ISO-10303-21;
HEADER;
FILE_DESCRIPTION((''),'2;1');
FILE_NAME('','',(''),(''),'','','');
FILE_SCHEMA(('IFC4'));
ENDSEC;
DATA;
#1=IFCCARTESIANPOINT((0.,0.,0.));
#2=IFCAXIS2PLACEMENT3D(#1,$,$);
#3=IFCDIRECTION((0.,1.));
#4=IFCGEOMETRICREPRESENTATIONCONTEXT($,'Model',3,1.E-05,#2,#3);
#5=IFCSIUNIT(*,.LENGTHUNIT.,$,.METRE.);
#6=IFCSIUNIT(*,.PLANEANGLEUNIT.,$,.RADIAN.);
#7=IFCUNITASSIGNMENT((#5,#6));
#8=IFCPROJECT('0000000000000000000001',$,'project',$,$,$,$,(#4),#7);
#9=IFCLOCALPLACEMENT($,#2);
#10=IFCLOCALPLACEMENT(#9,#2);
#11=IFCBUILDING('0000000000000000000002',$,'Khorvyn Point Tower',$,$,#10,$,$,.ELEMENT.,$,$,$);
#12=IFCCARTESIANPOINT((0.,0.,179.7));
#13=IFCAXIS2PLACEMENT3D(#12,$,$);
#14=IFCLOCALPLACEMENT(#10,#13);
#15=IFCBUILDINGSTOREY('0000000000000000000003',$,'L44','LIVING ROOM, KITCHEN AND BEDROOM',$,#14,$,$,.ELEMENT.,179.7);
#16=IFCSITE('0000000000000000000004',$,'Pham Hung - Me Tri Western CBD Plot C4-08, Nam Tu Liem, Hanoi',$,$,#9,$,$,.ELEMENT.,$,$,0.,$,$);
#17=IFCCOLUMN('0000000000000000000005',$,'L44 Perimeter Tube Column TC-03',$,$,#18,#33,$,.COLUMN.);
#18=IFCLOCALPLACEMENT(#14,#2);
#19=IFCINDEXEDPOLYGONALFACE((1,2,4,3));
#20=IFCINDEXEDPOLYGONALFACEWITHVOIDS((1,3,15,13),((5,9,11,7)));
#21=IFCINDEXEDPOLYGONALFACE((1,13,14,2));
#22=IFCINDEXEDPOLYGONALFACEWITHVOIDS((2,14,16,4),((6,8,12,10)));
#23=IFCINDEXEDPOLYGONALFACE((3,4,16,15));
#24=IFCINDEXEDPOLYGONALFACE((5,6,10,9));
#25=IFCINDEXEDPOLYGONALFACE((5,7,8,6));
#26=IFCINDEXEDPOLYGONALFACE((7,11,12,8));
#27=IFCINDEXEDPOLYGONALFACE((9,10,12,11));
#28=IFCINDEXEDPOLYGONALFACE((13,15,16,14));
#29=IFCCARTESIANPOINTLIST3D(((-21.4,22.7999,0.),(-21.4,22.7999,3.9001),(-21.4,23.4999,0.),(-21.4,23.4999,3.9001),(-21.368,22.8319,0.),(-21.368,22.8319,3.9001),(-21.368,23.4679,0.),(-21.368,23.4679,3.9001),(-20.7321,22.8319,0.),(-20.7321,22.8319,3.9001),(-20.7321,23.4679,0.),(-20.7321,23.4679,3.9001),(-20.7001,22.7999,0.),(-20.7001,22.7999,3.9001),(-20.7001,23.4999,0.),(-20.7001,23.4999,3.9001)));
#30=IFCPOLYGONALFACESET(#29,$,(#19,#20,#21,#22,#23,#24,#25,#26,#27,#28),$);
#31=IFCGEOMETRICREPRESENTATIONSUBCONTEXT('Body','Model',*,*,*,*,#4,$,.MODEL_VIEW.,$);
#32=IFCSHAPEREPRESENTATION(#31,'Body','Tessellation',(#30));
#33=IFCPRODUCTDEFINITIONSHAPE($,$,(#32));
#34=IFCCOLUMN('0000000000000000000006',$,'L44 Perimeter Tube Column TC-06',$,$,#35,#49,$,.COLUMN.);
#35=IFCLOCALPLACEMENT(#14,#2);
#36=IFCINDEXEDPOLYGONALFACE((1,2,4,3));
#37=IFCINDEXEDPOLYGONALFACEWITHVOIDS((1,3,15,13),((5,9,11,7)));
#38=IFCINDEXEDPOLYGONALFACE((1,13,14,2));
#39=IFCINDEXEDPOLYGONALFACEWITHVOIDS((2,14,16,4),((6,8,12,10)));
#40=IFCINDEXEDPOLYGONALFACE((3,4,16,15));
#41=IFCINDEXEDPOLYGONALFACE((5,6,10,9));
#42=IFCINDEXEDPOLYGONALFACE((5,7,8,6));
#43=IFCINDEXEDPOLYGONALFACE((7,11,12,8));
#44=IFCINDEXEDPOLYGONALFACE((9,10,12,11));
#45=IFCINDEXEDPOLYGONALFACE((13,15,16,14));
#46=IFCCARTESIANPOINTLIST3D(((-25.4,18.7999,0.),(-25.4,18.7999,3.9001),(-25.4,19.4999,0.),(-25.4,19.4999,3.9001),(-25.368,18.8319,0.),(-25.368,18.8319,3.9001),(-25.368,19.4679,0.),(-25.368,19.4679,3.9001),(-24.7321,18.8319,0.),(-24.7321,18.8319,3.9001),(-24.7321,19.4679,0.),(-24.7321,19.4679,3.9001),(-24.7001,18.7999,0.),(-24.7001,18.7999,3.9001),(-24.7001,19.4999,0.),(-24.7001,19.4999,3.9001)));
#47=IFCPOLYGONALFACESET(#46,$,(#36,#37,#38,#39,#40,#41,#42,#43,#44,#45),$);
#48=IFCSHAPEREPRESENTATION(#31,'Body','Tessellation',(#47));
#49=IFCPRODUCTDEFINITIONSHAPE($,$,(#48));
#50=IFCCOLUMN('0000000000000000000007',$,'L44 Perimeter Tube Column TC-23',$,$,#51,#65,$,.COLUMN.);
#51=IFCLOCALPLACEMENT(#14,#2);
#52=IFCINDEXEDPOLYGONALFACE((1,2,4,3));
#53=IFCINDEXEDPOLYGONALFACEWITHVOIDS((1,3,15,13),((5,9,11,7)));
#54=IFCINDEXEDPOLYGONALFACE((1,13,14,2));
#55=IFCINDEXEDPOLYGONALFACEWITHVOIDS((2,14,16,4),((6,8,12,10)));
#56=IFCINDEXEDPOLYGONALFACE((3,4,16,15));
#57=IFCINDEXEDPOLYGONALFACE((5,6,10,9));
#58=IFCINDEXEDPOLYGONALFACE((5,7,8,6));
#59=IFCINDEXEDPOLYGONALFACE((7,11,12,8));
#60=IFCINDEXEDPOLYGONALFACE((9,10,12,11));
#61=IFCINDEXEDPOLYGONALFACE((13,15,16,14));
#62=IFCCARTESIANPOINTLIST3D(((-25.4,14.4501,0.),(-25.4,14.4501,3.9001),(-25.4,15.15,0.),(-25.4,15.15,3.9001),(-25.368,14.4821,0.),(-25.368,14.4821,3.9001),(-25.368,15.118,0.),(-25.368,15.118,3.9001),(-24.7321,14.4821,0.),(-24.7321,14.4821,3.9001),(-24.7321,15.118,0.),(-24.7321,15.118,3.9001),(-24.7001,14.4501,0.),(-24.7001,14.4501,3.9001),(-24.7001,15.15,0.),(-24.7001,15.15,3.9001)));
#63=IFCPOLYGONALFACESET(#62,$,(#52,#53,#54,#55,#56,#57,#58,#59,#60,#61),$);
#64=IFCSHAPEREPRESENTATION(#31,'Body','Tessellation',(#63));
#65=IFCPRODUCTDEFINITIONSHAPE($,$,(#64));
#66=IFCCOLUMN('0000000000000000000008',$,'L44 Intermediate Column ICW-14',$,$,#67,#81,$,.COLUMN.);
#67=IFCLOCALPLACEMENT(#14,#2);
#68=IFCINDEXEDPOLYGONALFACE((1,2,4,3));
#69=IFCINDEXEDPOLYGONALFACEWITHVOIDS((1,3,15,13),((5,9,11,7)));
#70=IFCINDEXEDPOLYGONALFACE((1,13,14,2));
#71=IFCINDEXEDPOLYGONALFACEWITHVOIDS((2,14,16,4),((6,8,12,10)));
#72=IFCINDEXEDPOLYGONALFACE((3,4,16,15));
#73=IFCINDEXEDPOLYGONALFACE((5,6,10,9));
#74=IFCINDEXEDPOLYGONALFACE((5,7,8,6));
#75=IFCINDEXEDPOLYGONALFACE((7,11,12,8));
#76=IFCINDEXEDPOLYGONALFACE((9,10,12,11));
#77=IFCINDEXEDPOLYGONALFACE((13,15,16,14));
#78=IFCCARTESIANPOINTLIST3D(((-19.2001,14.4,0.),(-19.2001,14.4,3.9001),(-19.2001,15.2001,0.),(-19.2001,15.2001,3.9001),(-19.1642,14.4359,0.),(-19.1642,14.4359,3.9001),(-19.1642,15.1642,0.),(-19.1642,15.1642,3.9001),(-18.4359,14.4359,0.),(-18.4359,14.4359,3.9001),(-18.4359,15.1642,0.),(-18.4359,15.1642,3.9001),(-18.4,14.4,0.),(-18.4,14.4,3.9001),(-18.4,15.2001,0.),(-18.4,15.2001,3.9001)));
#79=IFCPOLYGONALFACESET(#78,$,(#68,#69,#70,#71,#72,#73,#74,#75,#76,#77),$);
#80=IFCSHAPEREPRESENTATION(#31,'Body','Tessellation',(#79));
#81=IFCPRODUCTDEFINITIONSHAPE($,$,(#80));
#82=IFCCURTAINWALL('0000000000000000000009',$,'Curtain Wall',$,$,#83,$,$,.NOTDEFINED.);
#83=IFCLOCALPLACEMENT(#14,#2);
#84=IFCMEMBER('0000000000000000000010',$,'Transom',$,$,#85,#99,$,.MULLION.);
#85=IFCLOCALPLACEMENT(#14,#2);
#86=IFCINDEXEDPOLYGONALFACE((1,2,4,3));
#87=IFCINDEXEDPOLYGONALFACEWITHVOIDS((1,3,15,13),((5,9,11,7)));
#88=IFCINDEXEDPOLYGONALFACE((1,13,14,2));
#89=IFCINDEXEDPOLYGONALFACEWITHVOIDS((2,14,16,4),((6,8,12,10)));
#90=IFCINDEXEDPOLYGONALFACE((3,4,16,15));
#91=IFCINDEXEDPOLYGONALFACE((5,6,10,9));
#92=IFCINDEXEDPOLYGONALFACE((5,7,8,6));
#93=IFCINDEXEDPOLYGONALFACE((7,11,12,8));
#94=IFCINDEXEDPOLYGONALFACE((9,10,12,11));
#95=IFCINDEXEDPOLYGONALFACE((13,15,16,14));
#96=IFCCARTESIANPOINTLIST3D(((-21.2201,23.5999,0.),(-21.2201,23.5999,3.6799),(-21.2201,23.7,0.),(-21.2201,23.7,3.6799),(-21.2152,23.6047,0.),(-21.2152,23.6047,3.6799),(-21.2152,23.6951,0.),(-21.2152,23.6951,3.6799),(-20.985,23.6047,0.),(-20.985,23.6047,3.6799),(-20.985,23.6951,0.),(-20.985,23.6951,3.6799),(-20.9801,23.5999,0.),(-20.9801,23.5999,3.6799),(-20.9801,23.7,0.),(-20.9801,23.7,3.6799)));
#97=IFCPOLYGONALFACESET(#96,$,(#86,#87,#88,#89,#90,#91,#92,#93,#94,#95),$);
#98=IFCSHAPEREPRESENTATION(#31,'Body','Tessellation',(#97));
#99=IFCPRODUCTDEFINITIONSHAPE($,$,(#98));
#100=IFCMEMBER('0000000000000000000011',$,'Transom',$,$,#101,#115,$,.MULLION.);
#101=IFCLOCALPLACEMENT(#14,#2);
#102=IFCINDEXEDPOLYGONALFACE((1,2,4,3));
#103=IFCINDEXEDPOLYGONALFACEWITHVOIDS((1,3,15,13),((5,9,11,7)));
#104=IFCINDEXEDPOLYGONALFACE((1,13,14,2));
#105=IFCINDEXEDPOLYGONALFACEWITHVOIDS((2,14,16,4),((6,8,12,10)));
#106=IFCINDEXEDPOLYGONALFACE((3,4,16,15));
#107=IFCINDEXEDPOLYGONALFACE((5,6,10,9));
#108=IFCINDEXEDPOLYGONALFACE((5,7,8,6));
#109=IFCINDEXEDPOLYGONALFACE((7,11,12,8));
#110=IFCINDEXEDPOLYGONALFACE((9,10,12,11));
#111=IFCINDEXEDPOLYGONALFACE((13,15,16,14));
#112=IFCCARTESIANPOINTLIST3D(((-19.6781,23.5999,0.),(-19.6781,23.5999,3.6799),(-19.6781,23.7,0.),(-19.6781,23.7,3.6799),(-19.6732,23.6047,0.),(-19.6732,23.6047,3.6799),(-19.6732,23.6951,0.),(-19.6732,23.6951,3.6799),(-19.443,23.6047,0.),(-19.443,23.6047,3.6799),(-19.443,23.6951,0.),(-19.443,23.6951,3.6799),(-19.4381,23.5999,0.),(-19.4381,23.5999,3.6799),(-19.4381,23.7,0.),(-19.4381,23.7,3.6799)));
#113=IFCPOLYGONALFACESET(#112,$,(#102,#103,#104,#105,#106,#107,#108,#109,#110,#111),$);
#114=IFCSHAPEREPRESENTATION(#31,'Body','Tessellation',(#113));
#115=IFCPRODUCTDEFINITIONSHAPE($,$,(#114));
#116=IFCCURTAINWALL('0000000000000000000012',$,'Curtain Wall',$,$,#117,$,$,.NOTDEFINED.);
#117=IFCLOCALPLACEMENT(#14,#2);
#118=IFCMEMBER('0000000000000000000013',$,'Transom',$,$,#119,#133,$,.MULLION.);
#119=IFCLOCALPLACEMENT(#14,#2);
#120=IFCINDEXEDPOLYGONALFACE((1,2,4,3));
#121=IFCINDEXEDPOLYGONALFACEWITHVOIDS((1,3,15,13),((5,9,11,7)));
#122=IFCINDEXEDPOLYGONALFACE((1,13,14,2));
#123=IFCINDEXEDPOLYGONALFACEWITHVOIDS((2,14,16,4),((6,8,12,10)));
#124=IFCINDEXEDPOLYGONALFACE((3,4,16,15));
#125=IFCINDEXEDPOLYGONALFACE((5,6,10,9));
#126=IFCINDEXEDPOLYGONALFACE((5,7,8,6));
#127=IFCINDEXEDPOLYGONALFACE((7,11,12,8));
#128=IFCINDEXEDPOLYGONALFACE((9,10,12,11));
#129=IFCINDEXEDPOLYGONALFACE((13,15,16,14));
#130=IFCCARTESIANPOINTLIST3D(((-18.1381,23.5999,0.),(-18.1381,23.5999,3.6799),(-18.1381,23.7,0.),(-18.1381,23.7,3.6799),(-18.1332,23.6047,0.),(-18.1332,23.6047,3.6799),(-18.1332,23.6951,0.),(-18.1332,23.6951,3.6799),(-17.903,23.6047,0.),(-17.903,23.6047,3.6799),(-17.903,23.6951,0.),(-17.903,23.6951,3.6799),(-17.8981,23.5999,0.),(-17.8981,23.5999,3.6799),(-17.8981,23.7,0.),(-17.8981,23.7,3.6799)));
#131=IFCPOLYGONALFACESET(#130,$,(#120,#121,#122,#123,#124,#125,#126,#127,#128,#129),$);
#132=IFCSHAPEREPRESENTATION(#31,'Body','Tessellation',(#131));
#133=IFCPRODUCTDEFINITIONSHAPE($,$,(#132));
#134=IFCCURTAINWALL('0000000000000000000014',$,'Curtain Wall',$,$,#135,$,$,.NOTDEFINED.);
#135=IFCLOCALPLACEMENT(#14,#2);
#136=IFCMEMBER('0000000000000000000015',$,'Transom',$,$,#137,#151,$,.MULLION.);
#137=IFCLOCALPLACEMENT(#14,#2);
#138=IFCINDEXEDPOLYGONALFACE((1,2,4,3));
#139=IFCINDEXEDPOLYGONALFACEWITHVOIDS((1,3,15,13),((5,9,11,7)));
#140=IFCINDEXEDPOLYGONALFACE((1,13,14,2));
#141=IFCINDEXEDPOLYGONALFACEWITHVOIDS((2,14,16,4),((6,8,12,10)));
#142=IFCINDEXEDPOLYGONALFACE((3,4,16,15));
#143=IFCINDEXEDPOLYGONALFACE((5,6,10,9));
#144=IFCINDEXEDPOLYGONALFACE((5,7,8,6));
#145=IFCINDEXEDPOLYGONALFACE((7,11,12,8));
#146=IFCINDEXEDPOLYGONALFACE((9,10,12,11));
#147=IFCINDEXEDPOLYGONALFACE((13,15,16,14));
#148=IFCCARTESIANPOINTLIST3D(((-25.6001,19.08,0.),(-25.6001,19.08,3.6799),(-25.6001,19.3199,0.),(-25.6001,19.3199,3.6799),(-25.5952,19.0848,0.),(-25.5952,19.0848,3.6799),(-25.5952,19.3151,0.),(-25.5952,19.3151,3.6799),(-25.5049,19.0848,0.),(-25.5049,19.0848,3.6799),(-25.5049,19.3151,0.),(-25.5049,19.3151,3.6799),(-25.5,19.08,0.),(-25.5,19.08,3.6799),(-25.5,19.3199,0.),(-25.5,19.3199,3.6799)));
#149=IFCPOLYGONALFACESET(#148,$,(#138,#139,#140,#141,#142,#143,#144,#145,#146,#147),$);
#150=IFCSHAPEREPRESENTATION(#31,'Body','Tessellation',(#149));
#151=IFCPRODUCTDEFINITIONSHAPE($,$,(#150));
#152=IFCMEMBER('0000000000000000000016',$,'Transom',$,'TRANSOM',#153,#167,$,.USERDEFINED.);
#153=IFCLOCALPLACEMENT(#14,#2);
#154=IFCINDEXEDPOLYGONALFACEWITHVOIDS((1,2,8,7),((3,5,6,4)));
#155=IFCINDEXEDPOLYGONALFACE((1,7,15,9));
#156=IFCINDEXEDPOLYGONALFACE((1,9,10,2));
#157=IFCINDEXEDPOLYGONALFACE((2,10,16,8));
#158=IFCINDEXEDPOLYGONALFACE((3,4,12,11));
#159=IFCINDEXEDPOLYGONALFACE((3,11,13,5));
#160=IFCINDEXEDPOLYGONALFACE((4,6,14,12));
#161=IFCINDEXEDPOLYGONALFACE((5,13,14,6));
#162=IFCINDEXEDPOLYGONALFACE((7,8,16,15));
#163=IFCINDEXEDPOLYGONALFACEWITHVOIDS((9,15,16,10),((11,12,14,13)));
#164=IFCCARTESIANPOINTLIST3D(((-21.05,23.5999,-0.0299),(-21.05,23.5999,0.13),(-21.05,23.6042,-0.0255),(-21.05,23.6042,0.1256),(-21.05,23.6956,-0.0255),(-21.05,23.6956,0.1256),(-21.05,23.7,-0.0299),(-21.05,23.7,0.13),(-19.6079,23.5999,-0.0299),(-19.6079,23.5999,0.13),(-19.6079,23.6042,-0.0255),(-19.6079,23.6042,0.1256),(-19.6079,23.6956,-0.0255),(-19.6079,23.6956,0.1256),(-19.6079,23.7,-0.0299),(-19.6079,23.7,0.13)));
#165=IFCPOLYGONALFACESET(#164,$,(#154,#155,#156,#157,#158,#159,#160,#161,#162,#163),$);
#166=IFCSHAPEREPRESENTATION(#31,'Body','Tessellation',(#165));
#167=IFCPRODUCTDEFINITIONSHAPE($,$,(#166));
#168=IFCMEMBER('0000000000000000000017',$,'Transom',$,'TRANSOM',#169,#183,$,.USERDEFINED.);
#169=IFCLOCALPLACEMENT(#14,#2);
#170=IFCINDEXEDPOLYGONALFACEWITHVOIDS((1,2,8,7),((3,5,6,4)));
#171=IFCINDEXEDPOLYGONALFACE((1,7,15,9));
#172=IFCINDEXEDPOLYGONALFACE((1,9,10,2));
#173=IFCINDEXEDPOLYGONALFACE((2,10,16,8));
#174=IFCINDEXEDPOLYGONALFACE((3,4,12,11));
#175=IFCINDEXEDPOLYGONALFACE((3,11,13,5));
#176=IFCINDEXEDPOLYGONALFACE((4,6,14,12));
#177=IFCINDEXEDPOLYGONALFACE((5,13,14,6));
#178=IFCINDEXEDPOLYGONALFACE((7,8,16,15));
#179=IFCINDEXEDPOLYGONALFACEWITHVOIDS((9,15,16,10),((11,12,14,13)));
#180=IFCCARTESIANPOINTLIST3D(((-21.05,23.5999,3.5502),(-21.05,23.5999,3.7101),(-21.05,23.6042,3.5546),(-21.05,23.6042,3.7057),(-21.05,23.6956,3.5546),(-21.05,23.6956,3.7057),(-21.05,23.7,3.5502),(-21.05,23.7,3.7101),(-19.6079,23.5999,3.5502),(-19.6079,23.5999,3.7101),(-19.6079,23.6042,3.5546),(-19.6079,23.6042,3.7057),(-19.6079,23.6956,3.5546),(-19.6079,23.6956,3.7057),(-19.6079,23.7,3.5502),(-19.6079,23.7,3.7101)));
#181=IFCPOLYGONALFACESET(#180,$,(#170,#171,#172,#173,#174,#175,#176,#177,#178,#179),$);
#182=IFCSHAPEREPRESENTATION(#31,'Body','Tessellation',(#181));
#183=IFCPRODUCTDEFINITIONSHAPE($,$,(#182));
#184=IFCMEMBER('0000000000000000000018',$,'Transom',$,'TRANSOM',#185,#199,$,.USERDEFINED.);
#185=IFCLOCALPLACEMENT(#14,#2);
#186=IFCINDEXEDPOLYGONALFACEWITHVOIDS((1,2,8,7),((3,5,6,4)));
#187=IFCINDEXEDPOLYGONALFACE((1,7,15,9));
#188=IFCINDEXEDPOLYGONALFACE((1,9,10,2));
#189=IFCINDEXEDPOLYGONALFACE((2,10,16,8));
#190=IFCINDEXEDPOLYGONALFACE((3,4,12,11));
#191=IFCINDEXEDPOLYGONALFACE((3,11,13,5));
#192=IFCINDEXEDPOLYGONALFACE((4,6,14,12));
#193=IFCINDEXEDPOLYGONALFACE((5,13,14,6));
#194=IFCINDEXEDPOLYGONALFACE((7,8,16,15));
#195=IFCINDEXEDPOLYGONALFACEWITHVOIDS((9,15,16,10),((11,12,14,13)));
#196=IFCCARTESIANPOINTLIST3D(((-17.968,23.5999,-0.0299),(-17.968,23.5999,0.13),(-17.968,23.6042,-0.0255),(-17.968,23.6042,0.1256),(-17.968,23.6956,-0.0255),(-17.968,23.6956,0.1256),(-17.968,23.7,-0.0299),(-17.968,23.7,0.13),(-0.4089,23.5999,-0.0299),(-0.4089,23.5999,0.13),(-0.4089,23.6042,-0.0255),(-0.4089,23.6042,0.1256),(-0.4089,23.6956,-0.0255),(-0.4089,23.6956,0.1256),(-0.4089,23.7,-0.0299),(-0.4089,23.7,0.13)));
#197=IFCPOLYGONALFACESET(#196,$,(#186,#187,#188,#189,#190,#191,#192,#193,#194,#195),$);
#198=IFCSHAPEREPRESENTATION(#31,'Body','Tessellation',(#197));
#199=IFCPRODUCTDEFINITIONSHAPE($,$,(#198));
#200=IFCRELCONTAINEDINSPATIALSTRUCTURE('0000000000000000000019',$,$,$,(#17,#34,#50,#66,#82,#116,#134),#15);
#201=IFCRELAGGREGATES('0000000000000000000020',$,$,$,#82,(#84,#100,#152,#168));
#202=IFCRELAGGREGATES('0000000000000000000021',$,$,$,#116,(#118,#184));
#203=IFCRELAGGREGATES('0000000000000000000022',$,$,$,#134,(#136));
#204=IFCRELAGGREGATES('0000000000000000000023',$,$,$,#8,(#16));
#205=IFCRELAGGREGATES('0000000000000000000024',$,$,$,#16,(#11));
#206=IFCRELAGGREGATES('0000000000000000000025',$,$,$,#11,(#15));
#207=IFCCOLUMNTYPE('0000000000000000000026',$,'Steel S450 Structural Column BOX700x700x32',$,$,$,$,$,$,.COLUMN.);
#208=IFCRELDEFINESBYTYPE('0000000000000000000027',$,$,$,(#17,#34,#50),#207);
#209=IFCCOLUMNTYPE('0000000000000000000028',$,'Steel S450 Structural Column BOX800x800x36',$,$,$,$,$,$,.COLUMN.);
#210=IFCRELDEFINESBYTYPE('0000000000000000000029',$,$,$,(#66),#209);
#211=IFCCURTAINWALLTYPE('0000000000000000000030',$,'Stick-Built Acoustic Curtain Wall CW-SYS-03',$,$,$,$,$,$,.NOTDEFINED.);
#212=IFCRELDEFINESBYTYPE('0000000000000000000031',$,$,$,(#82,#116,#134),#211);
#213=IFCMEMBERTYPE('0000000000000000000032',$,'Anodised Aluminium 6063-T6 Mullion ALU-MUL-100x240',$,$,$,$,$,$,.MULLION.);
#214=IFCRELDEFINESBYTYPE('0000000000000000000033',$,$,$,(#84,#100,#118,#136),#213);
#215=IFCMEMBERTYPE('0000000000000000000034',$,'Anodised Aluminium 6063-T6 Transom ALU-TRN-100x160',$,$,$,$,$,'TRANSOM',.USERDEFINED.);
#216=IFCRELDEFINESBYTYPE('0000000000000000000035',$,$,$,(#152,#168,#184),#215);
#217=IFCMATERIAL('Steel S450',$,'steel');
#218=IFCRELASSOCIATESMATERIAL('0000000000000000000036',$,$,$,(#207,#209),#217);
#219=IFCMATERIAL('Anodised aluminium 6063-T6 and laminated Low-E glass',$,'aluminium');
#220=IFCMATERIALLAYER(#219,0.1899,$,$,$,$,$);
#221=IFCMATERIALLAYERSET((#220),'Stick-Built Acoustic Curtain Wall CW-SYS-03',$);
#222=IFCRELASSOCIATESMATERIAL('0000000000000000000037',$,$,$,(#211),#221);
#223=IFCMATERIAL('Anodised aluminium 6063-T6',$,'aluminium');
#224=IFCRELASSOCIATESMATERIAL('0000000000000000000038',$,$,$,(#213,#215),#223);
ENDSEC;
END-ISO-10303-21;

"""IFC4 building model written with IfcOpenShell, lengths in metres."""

from ifc_helpers import new_model, si_unit, direction, frame, origin, origin_2d, place, context, subcontext, project, spatial, hollow_rectangle, extrude, material, layer, layer_set, material_profile, profile_set, type_object, element, aggregate, save


model = new_model("IFC4")

# Units and contexts
model_context = context("Model", 3, precision=1e-05, world=origin(), true_north=direction((0.0, 1.0)))
body_context = subcontext(model_context, "Body", "Model", "MODEL_VIEW")
ifc_project = project(units=[si_unit("LENGTHUNIT", "METRE"), si_unit("PLANEANGLEUNIT", "RADIAN")], contexts=[model_context])

# Site, building, storey
site_placement = place(None, origin())
site = spatial("IfcSite", under=ifc_project, at=site_placement, Name="Pham Hung - Me Tri Western CBD Plot C4-08, Nam Tu Liem, Hanoi", CompositionType="ELEMENT", RefElevation=0.0)
building_placement = place(site_placement, origin())
building = spatial("IfcBuilding", under=site, at=building_placement, Name="Khorvyn Point Tower", CompositionType="ELEMENT")
storey_placement = place(building_placement, frame((0.0, 0.0, 179.7)))
storey = spatial("IfcBuildingStorey", under=building, at=storey_placement, Name="L44", Description="LIVING ROOM, KITCHEN AND BEDROOM", CompositionType="ELEMENT", Elevation=179.7)

# Columns
ifc_material_1 = material(Name="Steel S450", Category="steel")
ifc_material_profile_1 = material_profile(ifc_material_1, hollow_rectangle(XDim=0.7, YDim=0.7, WallThickness=0.032, at=origin_2d()))
ifc_profile_set_1 = profile_set([ifc_material_profile_1], Name="Steel S450 BOX700x700x32")
column_type_1 = type_object("IfcColumnType", Name="Steel S450 Structural Column BOX700x700x32", PredefinedType="COLUMN", material=ifc_profile_set_1)
for number, where, z_axis, x_axis, name in (
    (1, (-21.05, 23.1499, 0.0), (0.0, 0.0, 1.0), (1.0, 0.0, 0.0), "L44 Perimeter Tube Column TC-03"),
    (2, (-25.05, 19.1499, 0.0), (0.0, 0.0, 1.0), (1.0, 0.0, 0.0), "L44 Perimeter Tube Column TC-06"),
    (3, (-25.05, 14.8, 0.0), (0.0, 0.0, 1.0), (1.0, 0.0, 0.0), "L44 Perimeter Tube Column TC-23"),
):
    element("IfcColumn", number, at=place(storey_placement, frame(where, z_axis=z_axis, x_axis=x_axis)), inside=storey, type_object=column_type_1, Name=name, PredefinedType="COLUMN", context=body_context, shape_type="SweptSolid", body=[
        extrude(hollow_rectangle(XDim=0.7, YDim=0.7, WallThickness=0.032, at=origin_2d()), origin(), (0.0, 0.0, 1.0), 3.9001),
    ])
ifc_material_profile_2 = material_profile(ifc_material_1, hollow_rectangle(XDim=0.8, YDim=0.8, WallThickness=0.0359, at=origin_2d()))
ifc_profile_set_2 = profile_set([ifc_material_profile_2], Name="Steel S450 BOX800x800x36")
column_type_2 = type_object("IfcColumnType", Name="Steel S450 Structural Column BOX800x800x36", PredefinedType="COLUMN", material=ifc_profile_set_2)
column_placement = place(storey_placement, frame((-18.8, 14.8, 0.0), z_axis=(0.0, 0.0, 1.0), x_axis=(1.0, 0.0, 0.0)))
element("IfcColumn", 4, at=column_placement, inside=storey, type_object=column_type_2, Name="L44 Intermediate Column ICW-14", PredefinedType="COLUMN", context=body_context, shape_type="SweptSolid", body=[
    extrude(hollow_rectangle(XDim=0.8, YDim=0.8, WallThickness=0.0359, at=origin_2d()), origin(), (0.0, 0.0, 1.0), 3.9001),
])

# Curtain wall, members
ifc_material_2 = material(Name="Anodised aluminium 6063-T6 and laminated Low-E glass", Category="aluminium")
ifc_layer_1 = layer(ifc_material_2, 0.1899)
ifc_layer_set_1 = layer_set([ifc_layer_1], Name="Stick-Built Acoustic Curtain Wall CW-SYS-03")
curtain_wall_type = type_object("IfcCurtainWallType", Name="Stick-Built Acoustic Curtain Wall CW-SYS-03", PredefinedType="NOTDEFINED", material=ifc_layer_set_1)
curtain_wall_1_placement = place(storey_placement, origin())
curtain_wall_1 = element("IfcCurtainWall", 5, at=curtain_wall_1_placement, inside=storey, type_object=curtain_wall_type, Name="Curtain Wall", PredefinedType="NOTDEFINED")
ifc_material_3 = material(Name="Anodised aluminium 6063-T6", Category="aluminium")
ifc_material_profile_3 = material_profile(ifc_material_3, hollow_rectangle(XDim=0.1001, YDim=0.24, WallThickness=0.0049, at=origin_2d()))
ifc_profile_set_3 = profile_set([ifc_material_profile_3], Name="Anodised aluminium 6063-T6 ALU-MUL-100x240")
member_type_1 = type_object("IfcMemberType", Name="Anodised Aluminium 6063-T6 Mullion ALU-MUL-100x240", PredefinedType="MULLION", material=ifc_profile_set_3)
member_1_placement = place(storey_placement, frame((-21.1001, 23.6499, 0.0), z_axis=(0.0, 0.0, 1.0), x_axis=(0.0, 1.0, 0.0)))
member_1 = element("IfcMember", 6, at=member_1_placement, type_object=member_type_1, Name="Transom", PredefinedType="MULLION", context=body_context, shape_type="SweptSolid", body=[
    extrude(hollow_rectangle(XDim=0.1001, YDim=0.24, WallThickness=0.0049, at=origin_2d()), origin(), (0.0, 0.0, 1.0), 3.6799),
])
member_2_placement = place(storey_placement, frame((-19.5581, 23.6499, 0.0), z_axis=(0.0, 0.0, 1.0), x_axis=(0.0, 1.0, 0.0)))
member_2 = element("IfcMember", 7, at=member_2_placement, type_object=member_type_1, Name="Transom", PredefinedType="MULLION", context=body_context, shape_type="SweptSolid", body=[
    extrude(hollow_rectangle(XDim=0.1001, YDim=0.24, WallThickness=0.0049, at=origin_2d()), origin(), (0.0, 0.0, 1.0), 3.6799),
])

# Curtain walls, members
curtain_wall_2_placement = place(storey_placement, origin())
curtain_wall_2 = element("IfcCurtainWall", 8, at=curtain_wall_2_placement, inside=storey, type_object=curtain_wall_type, Name="Curtain Wall", PredefinedType="NOTDEFINED")
member_3_placement = place(storey_placement, frame((-18.0181, 23.6499, 0.0), z_axis=(0.0, 0.0, 1.0), x_axis=(0.0, 1.0, 0.0)))
member_3 = element("IfcMember", 9, at=member_3_placement, type_object=member_type_1, Name="Transom", PredefinedType="MULLION", context=body_context, shape_type="SweptSolid", body=[
    extrude(hollow_rectangle(XDim=0.1001, YDim=0.24, WallThickness=0.0049, at=origin_2d()), origin(), (0.0, 0.0, 1.0), 3.6799),
])
curtain_wall_3_placement = place(storey_placement, origin())
curtain_wall_3 = element("IfcCurtainWall", 10, at=curtain_wall_3_placement, inside=storey, type_object=curtain_wall_type, Name="Curtain Wall", PredefinedType="NOTDEFINED")
member_4_placement = place(storey_placement, frame((-25.55, 19.2, 0.0), z_axis=(0.0, 0.0, 1.0), x_axis=(-1.0, 0.0, 0.0)))
member_4 = element("IfcMember", 11, at=member_4_placement, type_object=member_type_1, Name="Transom", PredefinedType="MULLION", context=body_context, shape_type="SweptSolid", body=[
    extrude(hollow_rectangle(XDim=0.1001, YDim=0.24, WallThickness=0.0049, at=origin_2d()), origin(), (0.0, 0.0, 1.0), 3.6799),
])

# Members
ifc_material_profile_4 = material_profile(ifc_material_3, hollow_rectangle(XDim=0.1001, YDim=0.1599, WallThickness=0.0044, at=origin_2d()))
ifc_profile_set_4 = profile_set([ifc_material_profile_4], Name="Anodised aluminium 6063-T6 ALU-TRN-100x160")
member_type_2 = type_object("IfcMemberType", Name="Anodised Aluminium 6063-T6 Transom ALU-TRN-100x160", ElementType="TRANSOM", PredefinedType="USERDEFINED", material=ifc_profile_set_4)
member_5_placement = place(storey_placement, frame((-21.05, 23.6499, 0.05), z_axis=(1.0, 0.0, 0.0), x_axis=(0.0, 1.0, 0.0)))
member_5 = element("IfcMember", 12, at=member_5_placement, type_object=member_type_2, Name="Transom", ObjectType="TRANSOM", PredefinedType="USERDEFINED", context=body_context, shape_type="SweptSolid", body=[
    extrude(hollow_rectangle(XDim=0.1001, YDim=0.1599, WallThickness=0.0044, at=origin_2d()), origin(), (0.0, 0.0, 1.0), 1.4421),
])
member_6_placement = place(storey_placement, frame((-21.05, 23.6499, 3.6301), z_axis=(1.0, 0.0, 0.0), x_axis=(0.0, 1.0, 0.0)))
member_6 = element("IfcMember", 13, at=member_6_placement, type_object=member_type_2, Name="Transom", ObjectType="TRANSOM", PredefinedType="USERDEFINED", context=body_context, shape_type="SweptSolid", body=[
    extrude(hollow_rectangle(XDim=0.1001, YDim=0.1599, WallThickness=0.0044, at=origin_2d()), origin(), (0.0, 0.0, 1.0), 1.4421),
])
member_7_placement = place(storey_placement, frame((-17.968, 23.6499, 0.05), z_axis=(1.0, 0.0, 0.0), x_axis=(0.0, 1.0, 0.0)))
member_7 = element("IfcMember", 14, at=member_7_placement, type_object=member_type_2, Name="Transom", ObjectType="TRANSOM", PredefinedType="USERDEFINED", context=body_context, shape_type="SweptSolid", body=[
    extrude(hollow_rectangle(XDim=0.1001, YDim=0.1599, WallThickness=0.0044, at=origin_2d()), origin(), (0.0, 0.0, 1.0), 17.5591),
])

aggregate(curtain_wall_1, [member_1, member_2, member_5, member_6])
aggregate(curtain_wall_2, [member_3, member_7])
aggregate(curtain_wall_3, [member_4])

save(model, "model.ifc")
